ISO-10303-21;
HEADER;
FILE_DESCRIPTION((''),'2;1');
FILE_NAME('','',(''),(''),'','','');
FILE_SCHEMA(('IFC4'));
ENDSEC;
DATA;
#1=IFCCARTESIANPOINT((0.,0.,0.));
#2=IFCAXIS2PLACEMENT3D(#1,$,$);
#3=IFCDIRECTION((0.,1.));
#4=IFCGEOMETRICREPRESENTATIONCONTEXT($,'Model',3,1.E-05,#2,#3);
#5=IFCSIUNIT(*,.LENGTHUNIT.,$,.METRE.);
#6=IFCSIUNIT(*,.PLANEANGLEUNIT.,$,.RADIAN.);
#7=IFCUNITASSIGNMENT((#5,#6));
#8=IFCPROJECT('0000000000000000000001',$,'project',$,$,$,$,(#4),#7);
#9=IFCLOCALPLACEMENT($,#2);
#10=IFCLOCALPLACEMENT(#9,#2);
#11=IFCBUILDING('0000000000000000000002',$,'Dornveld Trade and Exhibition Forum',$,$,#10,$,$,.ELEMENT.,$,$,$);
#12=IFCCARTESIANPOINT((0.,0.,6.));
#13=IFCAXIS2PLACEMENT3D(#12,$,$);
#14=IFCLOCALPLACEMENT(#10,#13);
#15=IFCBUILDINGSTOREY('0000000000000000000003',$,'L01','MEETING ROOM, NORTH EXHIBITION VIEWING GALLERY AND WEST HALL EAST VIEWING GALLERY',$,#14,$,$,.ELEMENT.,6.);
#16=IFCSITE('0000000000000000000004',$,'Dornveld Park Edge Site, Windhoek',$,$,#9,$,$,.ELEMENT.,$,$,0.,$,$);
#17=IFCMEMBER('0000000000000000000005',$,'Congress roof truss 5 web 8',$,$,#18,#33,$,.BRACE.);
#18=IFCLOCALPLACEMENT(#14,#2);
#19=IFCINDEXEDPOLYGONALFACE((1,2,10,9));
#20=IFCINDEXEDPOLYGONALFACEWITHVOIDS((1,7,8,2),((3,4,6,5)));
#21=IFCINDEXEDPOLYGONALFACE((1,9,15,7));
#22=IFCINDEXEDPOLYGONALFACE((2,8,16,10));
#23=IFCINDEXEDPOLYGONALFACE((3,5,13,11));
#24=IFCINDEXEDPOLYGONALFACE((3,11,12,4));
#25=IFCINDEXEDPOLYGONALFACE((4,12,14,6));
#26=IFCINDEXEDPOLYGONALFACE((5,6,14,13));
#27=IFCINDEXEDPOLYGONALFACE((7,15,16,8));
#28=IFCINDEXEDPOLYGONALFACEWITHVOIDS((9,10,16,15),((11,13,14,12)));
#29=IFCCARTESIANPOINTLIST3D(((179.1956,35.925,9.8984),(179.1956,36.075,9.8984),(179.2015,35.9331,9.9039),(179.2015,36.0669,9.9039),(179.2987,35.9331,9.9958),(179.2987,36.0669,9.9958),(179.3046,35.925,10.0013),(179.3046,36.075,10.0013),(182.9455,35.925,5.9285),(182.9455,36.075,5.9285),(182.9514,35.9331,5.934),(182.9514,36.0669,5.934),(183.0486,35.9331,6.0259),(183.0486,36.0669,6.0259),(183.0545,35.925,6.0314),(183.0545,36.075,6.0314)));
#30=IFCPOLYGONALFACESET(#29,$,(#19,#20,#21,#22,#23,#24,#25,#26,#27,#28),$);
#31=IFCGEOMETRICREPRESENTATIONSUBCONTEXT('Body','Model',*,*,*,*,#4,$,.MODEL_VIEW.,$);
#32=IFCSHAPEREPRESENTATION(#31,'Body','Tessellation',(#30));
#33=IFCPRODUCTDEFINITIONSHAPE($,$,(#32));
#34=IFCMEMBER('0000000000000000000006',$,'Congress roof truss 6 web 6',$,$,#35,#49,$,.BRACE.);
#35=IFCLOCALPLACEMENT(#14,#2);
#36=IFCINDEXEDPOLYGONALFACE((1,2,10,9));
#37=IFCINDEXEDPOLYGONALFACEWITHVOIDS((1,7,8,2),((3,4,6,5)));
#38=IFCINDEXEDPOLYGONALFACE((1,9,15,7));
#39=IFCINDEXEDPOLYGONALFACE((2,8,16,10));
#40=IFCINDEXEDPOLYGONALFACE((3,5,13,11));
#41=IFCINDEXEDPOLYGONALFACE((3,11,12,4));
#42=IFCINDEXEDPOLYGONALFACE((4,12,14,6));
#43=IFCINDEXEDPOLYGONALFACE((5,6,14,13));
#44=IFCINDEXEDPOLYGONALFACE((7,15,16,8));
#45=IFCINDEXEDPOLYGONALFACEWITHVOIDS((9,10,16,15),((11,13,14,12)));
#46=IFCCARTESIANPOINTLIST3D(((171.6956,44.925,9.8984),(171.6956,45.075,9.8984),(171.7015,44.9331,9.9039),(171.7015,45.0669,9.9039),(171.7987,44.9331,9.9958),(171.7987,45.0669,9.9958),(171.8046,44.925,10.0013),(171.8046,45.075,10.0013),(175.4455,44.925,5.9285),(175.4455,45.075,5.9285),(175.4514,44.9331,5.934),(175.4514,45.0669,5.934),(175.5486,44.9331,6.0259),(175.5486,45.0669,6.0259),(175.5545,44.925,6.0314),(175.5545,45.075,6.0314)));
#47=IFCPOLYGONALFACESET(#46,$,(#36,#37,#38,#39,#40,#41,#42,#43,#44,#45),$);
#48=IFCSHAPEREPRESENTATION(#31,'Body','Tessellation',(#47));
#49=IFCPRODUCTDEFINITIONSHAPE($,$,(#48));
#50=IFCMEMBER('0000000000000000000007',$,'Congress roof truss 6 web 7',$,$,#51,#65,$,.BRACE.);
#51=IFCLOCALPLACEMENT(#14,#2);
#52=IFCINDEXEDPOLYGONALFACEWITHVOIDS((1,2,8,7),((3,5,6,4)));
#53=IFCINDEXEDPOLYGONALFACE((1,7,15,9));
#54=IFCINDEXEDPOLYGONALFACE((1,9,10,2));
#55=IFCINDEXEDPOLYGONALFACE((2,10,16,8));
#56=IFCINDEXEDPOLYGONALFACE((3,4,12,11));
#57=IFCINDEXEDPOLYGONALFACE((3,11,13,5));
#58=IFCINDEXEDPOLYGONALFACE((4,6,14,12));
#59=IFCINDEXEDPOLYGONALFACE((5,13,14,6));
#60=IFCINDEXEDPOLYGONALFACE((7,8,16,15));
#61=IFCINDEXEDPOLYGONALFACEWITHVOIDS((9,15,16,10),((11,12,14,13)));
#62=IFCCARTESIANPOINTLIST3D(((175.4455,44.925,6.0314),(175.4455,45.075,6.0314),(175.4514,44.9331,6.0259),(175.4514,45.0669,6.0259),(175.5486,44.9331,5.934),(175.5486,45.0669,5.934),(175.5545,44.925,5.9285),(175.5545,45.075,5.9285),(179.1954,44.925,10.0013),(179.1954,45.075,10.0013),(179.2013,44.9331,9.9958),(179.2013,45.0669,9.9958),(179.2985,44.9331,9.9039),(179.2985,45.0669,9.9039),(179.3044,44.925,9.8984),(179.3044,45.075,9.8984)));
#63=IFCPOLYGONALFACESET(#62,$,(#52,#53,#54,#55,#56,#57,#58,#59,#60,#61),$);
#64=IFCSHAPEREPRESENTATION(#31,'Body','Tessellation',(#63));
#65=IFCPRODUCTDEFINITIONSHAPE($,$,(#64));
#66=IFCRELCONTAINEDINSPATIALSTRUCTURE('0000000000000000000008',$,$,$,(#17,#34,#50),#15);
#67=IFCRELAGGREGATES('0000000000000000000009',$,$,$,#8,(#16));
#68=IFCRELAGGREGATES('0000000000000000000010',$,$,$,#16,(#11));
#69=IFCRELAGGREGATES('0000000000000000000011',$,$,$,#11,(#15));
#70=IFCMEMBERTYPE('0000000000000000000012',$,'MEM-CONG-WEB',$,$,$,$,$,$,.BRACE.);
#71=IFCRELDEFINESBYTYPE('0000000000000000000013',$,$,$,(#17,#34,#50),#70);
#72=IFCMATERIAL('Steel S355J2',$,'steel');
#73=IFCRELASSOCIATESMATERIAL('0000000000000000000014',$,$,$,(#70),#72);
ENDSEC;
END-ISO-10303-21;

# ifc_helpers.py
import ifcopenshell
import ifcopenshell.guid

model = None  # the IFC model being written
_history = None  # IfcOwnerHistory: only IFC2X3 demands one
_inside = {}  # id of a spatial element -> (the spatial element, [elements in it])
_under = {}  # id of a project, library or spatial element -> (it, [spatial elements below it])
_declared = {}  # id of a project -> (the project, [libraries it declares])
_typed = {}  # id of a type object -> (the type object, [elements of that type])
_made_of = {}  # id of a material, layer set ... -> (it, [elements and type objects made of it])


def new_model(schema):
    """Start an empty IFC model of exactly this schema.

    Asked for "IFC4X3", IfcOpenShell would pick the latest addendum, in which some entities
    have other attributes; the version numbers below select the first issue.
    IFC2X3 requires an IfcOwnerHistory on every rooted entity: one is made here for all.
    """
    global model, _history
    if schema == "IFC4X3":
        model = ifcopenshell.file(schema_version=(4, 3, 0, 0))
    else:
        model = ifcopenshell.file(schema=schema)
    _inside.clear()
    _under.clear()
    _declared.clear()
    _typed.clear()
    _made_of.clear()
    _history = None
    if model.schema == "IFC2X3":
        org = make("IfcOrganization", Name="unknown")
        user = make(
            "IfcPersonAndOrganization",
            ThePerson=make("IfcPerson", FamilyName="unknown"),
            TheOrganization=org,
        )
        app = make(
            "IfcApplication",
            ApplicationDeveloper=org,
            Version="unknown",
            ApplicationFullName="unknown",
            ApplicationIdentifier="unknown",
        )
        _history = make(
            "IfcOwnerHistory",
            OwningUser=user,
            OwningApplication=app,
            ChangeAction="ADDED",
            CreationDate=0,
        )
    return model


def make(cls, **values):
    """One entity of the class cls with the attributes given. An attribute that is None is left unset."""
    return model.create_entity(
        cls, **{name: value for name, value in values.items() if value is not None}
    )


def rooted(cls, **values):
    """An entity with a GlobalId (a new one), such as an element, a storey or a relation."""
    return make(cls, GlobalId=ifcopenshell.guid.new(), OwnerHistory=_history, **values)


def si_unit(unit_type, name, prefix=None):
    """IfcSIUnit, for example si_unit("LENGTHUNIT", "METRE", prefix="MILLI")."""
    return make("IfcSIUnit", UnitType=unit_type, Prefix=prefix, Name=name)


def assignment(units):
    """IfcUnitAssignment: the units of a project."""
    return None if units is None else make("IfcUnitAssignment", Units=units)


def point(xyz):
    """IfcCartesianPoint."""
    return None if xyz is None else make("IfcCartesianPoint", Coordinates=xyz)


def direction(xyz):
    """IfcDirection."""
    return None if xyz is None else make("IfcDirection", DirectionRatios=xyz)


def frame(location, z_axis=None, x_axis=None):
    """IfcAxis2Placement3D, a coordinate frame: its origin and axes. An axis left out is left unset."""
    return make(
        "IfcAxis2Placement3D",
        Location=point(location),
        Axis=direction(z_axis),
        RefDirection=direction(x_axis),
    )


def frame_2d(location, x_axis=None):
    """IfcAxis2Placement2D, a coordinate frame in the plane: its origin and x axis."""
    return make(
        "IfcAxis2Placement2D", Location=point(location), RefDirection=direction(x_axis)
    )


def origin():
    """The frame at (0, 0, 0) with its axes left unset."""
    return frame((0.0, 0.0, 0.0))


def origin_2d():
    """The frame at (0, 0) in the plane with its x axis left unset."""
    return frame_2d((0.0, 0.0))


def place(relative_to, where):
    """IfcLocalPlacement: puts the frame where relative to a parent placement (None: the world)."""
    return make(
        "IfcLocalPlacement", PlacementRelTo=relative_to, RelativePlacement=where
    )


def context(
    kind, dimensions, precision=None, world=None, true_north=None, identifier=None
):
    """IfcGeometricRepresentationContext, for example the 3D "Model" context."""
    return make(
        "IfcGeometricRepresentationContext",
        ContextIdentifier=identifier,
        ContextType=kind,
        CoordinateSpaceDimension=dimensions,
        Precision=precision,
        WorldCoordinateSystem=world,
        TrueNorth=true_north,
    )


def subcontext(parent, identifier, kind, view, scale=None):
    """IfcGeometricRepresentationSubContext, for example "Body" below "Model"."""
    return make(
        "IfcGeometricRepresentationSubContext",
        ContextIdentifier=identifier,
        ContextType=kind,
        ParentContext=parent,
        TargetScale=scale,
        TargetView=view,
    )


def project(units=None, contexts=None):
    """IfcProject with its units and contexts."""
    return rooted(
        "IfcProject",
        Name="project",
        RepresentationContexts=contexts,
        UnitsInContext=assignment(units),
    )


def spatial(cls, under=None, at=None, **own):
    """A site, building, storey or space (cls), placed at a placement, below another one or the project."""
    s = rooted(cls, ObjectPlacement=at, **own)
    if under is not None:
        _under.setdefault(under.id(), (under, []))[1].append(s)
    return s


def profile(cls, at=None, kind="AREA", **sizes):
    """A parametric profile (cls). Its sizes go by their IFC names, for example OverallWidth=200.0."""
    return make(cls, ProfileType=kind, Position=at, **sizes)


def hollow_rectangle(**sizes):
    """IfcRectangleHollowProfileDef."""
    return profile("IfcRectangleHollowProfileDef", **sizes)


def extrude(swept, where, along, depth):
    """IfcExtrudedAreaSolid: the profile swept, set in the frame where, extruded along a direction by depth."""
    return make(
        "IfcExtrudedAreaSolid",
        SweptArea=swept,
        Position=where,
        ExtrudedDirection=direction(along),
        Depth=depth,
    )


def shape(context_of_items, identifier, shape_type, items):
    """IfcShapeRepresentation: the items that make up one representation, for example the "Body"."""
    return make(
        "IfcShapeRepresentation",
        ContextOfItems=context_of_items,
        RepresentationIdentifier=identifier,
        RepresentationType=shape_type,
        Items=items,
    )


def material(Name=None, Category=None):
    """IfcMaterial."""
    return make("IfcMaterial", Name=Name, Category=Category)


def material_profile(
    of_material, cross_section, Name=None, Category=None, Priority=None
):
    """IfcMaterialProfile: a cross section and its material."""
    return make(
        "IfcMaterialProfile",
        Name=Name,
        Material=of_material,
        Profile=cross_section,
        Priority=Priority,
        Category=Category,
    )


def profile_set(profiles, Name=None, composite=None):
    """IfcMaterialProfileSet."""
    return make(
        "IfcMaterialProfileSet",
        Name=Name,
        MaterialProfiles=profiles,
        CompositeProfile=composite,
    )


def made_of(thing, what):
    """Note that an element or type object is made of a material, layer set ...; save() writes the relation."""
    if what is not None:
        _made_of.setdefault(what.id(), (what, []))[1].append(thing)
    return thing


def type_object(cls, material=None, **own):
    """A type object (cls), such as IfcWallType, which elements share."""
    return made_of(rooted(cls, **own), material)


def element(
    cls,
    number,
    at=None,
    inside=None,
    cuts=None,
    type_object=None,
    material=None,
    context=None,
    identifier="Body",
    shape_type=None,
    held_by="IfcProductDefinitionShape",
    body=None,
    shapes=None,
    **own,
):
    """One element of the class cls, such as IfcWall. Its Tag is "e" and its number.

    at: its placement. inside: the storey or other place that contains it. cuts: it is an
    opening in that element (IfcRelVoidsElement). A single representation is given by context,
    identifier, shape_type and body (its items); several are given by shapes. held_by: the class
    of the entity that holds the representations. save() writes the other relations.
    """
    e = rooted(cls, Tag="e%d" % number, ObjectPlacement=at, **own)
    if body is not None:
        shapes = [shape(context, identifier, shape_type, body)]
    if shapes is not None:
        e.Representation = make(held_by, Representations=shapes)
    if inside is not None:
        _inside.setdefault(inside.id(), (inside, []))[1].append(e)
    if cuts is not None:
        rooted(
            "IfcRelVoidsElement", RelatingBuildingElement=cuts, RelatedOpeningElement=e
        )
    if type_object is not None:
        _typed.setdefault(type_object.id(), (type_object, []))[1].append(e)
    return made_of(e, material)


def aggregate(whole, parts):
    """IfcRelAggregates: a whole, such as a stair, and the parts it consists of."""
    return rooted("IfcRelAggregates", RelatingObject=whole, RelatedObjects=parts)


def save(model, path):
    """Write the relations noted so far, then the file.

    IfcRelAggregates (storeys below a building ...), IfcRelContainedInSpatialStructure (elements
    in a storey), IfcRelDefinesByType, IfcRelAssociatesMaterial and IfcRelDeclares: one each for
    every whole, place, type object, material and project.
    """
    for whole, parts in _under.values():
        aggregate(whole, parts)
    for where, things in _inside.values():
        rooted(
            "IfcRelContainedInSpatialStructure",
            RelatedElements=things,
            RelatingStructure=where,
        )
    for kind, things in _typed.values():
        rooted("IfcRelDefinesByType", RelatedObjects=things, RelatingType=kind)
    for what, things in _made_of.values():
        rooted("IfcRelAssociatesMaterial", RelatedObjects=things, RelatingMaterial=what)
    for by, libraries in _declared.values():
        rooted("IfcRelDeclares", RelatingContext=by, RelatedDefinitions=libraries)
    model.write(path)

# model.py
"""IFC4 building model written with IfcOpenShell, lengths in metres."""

from ifc_helpers import new_model, si_unit, direction, frame, origin, origin_2d, place, context, subcontext, project, spatial, hollow_rectangle, extrude, material, material_profile, profile_set, type_object, element, save


model = new_model("IFC4")

# Units and contexts
model_context = context("Model", 3, precision=1e-05, world=origin(), true_north=direction((0.0, 1.0)))
body_context = subcontext(model_context, "Body", "Model", "MODEL_VIEW")
ifc_project = project(units=[si_unit("LENGTHUNIT", "METRE"), si_unit("PLANEANGLEUNIT", "RADIAN")], contexts=[model_context])

# Site, building, storey
site_placement = place(None, origin())
site = spatial("IfcSite", under=ifc_project, at=site_placement, Name="Dornveld Park Edge Site, Windhoek", CompositionType="ELEMENT", RefElevation=0.0)
building_placement = place(site_placement, origin())
building = spatial("IfcBuilding", under=site, at=building_placement, Name="Dornveld Trade and Exhibition Forum", CompositionType="ELEMENT")
storey_placement = place(building_placement, frame((0.0, 0.0, 6.0)))
storey = spatial("IfcBuildingStorey", under=building, at=storey_placement, Name="L01", Description="MEETING ROOM, NORTH EXHIBITION VIEWING GALLERY AND WEST HALL EAST VIEWING GALLERY", CompositionType="ELEMENT", Elevation=6.0)

# Members
ifc_material_1 = material(Name="Steel S355J2", Category="steel")
ifc_material_profile_1 = material_profile(ifc_material_1, hollow_rectangle(XDim=0.1499, YDim=0.1499, WallThickness=0.0081, at=origin_2d()), Name="SHS 150x150x8")
ifc_profile_set_1 = profile_set([ifc_material_profile_1], Name="Steel S355J2")
member_type_1 = type_object("IfcMemberType", Name="MEM-CONG-WEB", PredefinedType="BRACE", material=ifc_profile_set_1)
for number, where, z_axis, x_axis, name in (
    (1, (183.0, 36.0, 5.98), (-0.68668, 0.0, 0.72696), (0.0, -1.0, 0.0), "Congress roof truss 5 web 8"),
    (2, (175.5, 45.0, 5.98), (-0.68668, 0.0, 0.72696), (0.0, -1.0, 0.0), "Congress roof truss 6 web 6"),
    (3, (175.5, 45.0, 5.98), (0.68668, 0.0, 0.72696), (0.0, 1.0, 0.0), "Congress roof truss 6 web 7"),
):
    element("IfcMember", number, at=place(storey_placement, frame(where, z_axis=z_axis, x_axis=x_axis)), inside=storey, type_object=member_type_1, Name=name, PredefinedType="BRACE", context=body_context, shape_type="SweptSolid", body=[
        extrude(hollow_rectangle(XDim=0.1499, YDim=0.1499, WallThickness=0.0081, at=origin_2d()), origin(), (0.0, 0.0, 1.0), 5.4609),
    ])

save(model, "model.ifc")
